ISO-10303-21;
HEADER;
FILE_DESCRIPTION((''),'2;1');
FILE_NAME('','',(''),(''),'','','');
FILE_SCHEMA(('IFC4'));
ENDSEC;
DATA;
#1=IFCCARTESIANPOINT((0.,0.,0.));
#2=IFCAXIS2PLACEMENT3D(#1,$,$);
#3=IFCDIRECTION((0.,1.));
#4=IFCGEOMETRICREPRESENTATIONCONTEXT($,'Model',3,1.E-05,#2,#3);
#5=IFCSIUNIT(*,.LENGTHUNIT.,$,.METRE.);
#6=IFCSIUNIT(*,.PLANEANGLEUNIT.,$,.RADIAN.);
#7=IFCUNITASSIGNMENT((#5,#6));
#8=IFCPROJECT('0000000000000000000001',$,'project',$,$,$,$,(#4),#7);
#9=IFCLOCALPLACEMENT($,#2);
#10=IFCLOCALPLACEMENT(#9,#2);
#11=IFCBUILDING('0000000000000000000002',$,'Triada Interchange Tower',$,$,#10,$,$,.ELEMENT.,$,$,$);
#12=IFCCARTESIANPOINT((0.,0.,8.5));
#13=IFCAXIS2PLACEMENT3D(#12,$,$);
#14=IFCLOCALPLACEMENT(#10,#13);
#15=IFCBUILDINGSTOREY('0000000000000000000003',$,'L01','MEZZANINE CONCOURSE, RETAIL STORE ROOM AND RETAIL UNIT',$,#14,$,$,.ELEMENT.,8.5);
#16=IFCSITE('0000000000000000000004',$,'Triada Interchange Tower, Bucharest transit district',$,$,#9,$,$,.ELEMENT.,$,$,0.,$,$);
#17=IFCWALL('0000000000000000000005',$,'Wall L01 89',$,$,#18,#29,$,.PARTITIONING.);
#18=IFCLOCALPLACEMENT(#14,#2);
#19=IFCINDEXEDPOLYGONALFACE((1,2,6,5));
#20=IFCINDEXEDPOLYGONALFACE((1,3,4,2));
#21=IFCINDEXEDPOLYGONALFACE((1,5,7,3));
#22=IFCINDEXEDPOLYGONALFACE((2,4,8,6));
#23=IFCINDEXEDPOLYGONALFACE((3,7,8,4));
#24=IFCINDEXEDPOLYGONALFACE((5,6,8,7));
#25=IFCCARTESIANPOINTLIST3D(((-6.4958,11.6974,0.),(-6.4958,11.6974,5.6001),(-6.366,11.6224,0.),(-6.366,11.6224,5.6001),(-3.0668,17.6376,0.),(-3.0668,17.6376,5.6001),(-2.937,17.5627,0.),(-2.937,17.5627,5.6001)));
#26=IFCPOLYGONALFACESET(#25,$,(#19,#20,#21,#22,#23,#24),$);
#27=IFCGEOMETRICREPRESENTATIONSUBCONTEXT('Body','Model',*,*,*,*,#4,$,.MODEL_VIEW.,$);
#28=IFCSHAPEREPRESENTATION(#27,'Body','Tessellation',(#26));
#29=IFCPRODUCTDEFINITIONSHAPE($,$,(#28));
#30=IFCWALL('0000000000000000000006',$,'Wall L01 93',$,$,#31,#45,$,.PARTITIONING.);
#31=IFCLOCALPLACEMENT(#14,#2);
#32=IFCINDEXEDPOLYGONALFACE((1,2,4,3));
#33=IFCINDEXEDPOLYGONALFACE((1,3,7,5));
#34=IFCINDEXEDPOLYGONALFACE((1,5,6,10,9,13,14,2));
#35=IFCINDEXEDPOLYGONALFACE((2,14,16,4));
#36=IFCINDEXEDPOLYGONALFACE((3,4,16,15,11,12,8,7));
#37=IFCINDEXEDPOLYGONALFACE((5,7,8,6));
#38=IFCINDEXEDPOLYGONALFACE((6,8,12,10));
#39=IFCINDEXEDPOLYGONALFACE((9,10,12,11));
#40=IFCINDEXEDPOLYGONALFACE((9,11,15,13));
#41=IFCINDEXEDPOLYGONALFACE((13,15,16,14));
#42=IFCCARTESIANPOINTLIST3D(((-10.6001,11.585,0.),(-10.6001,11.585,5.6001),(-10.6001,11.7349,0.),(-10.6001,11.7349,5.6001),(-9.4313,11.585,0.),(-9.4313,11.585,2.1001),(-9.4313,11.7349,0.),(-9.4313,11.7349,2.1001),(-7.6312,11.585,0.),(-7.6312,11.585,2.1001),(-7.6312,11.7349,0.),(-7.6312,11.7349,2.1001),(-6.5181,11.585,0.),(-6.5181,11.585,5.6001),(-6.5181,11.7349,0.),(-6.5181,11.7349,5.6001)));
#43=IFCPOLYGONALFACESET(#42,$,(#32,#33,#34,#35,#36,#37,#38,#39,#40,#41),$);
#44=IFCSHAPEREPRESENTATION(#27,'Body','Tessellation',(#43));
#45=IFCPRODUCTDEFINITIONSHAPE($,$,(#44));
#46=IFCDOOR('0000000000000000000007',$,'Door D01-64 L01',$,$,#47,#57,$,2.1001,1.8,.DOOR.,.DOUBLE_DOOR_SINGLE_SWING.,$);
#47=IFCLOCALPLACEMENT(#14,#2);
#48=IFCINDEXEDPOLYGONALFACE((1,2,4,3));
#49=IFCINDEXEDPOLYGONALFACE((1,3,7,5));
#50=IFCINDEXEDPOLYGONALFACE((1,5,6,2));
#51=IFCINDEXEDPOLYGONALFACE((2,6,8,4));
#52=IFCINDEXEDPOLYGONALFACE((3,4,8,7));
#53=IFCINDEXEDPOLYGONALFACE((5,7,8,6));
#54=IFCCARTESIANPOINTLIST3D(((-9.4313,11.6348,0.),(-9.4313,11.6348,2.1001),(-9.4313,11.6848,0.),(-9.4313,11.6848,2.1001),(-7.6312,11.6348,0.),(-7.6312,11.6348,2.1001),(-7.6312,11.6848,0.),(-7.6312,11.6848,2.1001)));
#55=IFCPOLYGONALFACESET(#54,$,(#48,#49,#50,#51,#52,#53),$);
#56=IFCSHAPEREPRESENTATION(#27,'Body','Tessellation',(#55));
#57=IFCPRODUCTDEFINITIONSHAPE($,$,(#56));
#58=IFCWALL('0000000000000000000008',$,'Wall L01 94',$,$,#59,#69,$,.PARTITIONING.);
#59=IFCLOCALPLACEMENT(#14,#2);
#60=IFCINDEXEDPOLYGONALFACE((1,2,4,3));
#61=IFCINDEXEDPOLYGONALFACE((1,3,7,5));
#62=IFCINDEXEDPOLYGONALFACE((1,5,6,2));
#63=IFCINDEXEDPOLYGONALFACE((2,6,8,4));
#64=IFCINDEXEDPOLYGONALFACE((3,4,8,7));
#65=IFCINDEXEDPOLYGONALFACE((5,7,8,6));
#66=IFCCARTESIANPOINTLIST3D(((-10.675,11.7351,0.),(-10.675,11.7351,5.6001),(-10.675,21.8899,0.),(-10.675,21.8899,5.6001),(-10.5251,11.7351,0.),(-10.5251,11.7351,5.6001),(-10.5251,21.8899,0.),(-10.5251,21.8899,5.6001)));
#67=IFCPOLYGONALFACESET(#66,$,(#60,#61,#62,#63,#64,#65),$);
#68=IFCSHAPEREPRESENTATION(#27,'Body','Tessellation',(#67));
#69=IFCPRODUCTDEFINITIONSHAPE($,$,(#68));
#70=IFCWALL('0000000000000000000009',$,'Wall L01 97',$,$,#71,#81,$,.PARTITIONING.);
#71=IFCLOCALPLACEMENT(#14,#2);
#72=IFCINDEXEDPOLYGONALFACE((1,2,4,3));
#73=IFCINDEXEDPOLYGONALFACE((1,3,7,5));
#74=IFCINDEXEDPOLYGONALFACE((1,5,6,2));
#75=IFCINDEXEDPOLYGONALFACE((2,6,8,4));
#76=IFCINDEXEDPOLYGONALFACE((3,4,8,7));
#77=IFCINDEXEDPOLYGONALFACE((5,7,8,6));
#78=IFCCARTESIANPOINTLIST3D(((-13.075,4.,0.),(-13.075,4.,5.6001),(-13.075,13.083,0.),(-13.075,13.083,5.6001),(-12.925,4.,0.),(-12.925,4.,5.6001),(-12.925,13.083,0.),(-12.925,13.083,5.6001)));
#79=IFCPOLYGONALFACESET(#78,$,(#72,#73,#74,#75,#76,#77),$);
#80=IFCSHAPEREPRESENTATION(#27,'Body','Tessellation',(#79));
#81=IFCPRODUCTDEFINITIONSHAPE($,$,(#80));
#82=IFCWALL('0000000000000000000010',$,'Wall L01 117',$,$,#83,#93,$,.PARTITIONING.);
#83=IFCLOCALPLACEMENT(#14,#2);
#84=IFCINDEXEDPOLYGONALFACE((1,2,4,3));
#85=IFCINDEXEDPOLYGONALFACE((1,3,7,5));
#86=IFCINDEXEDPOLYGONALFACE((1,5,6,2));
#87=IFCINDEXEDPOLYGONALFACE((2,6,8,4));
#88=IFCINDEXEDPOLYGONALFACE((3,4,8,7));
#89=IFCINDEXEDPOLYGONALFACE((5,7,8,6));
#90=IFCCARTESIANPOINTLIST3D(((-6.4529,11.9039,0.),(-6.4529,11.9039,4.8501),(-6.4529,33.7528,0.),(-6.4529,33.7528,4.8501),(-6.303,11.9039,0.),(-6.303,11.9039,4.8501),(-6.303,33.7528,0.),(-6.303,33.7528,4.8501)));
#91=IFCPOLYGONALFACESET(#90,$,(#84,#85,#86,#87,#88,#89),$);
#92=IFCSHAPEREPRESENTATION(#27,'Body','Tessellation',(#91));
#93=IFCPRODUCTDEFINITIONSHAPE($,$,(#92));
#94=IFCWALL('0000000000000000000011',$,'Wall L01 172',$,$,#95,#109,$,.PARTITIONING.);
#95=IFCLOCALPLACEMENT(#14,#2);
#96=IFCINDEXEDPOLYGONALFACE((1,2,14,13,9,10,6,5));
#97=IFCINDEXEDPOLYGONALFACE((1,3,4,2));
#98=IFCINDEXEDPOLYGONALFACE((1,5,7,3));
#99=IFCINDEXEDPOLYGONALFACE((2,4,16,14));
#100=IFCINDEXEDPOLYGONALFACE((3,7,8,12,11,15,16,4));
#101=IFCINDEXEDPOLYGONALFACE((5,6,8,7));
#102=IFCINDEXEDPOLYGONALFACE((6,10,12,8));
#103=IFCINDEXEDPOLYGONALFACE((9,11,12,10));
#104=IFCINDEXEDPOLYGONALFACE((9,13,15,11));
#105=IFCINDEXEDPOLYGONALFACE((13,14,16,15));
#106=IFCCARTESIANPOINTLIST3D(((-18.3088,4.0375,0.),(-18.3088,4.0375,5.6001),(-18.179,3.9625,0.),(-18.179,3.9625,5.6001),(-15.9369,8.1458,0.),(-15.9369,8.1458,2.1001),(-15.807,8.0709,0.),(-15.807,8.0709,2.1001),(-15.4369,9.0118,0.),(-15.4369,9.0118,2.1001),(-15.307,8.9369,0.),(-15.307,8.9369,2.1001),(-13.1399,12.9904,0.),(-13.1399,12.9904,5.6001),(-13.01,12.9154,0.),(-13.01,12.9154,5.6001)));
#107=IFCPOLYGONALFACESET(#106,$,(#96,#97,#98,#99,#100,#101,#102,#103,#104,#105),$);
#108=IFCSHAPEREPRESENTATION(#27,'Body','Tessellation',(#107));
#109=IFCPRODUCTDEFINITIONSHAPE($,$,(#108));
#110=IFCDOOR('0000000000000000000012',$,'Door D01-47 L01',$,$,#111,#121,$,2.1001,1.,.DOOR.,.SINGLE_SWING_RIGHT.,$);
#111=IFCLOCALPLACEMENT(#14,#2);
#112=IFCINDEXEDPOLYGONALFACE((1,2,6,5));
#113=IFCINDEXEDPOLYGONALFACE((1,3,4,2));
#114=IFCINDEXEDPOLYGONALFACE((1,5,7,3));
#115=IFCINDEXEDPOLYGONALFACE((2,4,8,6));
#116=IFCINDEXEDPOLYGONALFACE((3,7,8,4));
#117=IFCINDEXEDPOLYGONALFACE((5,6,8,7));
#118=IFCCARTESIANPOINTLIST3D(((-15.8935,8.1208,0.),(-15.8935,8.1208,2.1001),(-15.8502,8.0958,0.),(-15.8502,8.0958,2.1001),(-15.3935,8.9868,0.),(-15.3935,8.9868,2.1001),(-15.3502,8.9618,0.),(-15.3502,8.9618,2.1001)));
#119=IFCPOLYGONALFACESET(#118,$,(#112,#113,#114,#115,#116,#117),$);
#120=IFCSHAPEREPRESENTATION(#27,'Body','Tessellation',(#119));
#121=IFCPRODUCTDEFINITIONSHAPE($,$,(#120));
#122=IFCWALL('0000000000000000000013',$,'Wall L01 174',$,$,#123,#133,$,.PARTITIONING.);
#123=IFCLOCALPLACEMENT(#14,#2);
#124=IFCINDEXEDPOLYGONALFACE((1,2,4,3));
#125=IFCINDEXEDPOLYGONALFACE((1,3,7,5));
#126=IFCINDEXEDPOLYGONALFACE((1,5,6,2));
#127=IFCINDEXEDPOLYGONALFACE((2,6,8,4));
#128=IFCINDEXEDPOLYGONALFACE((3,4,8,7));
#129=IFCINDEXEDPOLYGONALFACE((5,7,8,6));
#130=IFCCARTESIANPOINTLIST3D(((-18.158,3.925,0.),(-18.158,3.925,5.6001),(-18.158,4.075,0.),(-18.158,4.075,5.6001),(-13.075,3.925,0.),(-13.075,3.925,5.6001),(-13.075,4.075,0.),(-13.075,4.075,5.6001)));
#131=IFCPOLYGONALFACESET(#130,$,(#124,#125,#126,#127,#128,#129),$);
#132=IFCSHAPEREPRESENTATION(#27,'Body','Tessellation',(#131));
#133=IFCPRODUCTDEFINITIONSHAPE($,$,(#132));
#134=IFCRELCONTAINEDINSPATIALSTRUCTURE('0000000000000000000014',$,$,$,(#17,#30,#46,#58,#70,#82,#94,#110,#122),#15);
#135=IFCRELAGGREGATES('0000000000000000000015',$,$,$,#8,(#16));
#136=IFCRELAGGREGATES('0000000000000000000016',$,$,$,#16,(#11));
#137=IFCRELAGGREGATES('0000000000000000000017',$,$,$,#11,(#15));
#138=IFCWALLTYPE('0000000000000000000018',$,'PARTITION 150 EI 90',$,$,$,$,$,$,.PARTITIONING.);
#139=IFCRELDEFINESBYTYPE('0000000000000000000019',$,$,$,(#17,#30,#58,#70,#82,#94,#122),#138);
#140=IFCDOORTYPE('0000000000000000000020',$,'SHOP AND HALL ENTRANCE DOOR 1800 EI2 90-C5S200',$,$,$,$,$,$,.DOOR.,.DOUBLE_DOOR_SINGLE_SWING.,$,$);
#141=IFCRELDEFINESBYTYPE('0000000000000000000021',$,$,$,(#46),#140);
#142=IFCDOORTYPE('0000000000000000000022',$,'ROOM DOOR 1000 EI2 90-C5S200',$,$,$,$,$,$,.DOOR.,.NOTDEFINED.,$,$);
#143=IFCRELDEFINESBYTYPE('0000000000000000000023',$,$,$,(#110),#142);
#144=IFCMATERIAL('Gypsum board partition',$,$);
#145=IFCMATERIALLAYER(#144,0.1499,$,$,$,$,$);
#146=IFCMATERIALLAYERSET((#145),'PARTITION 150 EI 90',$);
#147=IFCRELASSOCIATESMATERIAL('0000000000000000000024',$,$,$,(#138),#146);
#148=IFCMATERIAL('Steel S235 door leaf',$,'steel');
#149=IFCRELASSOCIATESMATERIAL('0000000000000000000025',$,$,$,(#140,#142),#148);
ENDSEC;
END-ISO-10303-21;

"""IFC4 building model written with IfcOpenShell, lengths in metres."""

from ifc_helpers import new_model, si_unit, direction, frame, frame_2d, origin, place, context, subcontext, project, spatial, rectangle, extrude, material, layer, layer_set, type_object, element, fill, save


model = new_model("IFC4")

# Units and contexts
model_context = context("Model", 3, precision=1e-05, world=origin(), true_north=direction((0.0, 1.0)))
body_context = subcontext(model_context, "Body", "Model", "MODEL_VIEW")
ifc_project = project(units=[si_unit("LENGTHUNIT", "METRE"), si_unit("PLANEANGLEUNIT", "RADIAN")], contexts=[model_context])

# Site, building, storey
site_placement = place(None, origin())
site = spatial("IfcSite", under=ifc_project, at=site_placement, Name="Triada Interchange Tower, Bucharest transit district", CompositionType="ELEMENT", RefElevation=0.0)
building_placement = place(site_placement, origin())
building = spatial("IfcBuilding", under=site, at=building_placement, Name="Triada Interchange Tower", CompositionType="ELEMENT")
storey_placement = place(building_placement, frame((0.0, 0.0, 8.5)))
storey = spatial("IfcBuildingStorey", under=building, at=storey_placement, Name="L01", Description="MEZZANINE CONCOURSE, RETAIL STORE ROOM AND RETAIL UNIT", CompositionType="ELEMENT", Elevation=8.5)

# Shared definitions
ifc_material_1 = material(Name="Steel S235 door leaf", Category="steel")

# Wall
ifc_material_2 = material(Name="Gypsum board partition")
ifc_layer_1 = layer(ifc_material_2, 0.1499)
ifc_layer_set_1 = layer_set([ifc_layer_1], Name="PARTITION 150 EI 90")
wall_type_1 = type_object("IfcWallType", Name="PARTITION 150 EI 90", PredefinedType="PARTITIONING", material=ifc_layer_set_1)
wall_1_placement = place(storey_placement, frame((-6.4309, 11.6599, 0.0), z_axis=(0.0, 0.0, 1.0), x_axis=(0.499933, 0.866064, 0.0)))
element("IfcWall", 1, at=wall_1_placement, inside=storey, type_object=wall_type_1, Name="Wall L01 89", PredefinedType="PARTITIONING", context=body_context, shape_type="SweptSolid", body=[
    extrude(rectangle(XDim=6.8589, YDim=0.1499, at=frame_2d((3.4294, 0.0))), origin(), (0.0, 0.0, 1.0), 5.6001),
])

# Wall, opening, door
wall_2_placement = place(storey_placement, frame((-10.6001, 11.6599, 0.0), z_axis=(0.0, 0.0, 1.0), x_axis=(1.0, 0.0, 0.0)))
wall_2 = element("IfcWall", 2, at=wall_2_placement, inside=storey, type_object=wall_type_1, Name="Wall L01 93", PredefinedType="PARTITIONING", context=body_context, shape_type="SweptSolid", body=[
    extrude(rectangle(XDim=4.082, YDim=0.1499, at=frame_2d((2.041, 0.0))), origin(), (0.0, 0.0, 1.0), 5.6001),
])
opening_1_placement = place(wall_2_placement, frame((1.1689, 0.0, 0.0)))
opening_1 = element("IfcOpeningElement", 3, at=opening_1_placement, cuts=wall_2, PredefinedType="OPENING", context=body_context, shape_type="SweptSolid", body=[
    extrude(rectangle(XDim=1.8, YDim=2.1001, at=frame_2d((0.8999, 1.05))), frame((0.0, 0.085, 0.0), z_axis=(0.0, -1.0, 0.0), x_axis=(1.0, 0.0, 0.0)), (0.0, 0.0, 1.0), 0.1699),
])
door_type_1 = type_object("IfcDoorType", Name="SHOP AND HALL ENTRANCE DOOR 1800 EI2 90-C5S200", OperationType="DOUBLE_DOOR_SINGLE_SWING", PredefinedType="DOOR", material=ifc_material_1)
door_1_placement = place(opening_1_placement, origin())
door_1 = element("IfcDoor", 4, at=door_1_placement, inside=storey, type_object=door_type_1, Name="Door D01-64 L01", OperationType="DOUBLE_DOOR_SINGLE_SWING", OverallHeight=2.1001, OverallWidth=1.8, PredefinedType="DOOR", context=body_context, shape_type="SweptSolid", body=[
    extrude(rectangle(XDim=1.8, YDim=2.1001, at=frame_2d((0.8999, 1.05))), frame((0.0, 0.0249, 0.0), z_axis=(0.0, -1.0, 0.0), x_axis=(1.0, 0.0, 0.0)), (0.0, 0.0, 1.0), 0.05),
])
fill(opening_1, door_1)

# Walls
wall_3_placement = place(storey_placement, frame((-10.6001, 11.7351, 0.0), z_axis=(0.0, 0.0, 1.0), x_axis=(0.0, 1.0, 0.0)))
element("IfcWall", 5, at=wall_3_placement, inside=storey, type_object=wall_type_1, Name="Wall L01 94", PredefinedType="PARTITIONING", context=body_context, shape_type="SweptSolid", body=[
    extrude(rectangle(XDim=10.1548, YDim=0.1499, at=frame_2d((5.0774, 0.0))), origin(), (0.0, 0.0, 1.0), 5.6001),
])
wall_4_placement = place(storey_placement, frame((-13.0, 4.0, 0.0), z_axis=(0.0, 0.0, 1.0), x_axis=(0.0, 1.0, 0.0)))
element("IfcWall", 6, at=wall_4_placement, inside=storey, type_object=wall_type_1, Name="Wall L01 97", PredefinedType="PARTITIONING", context=body_context, shape_type="SweptSolid", body=[
    extrude(rectangle(XDim=9.083, YDim=0.1499, at=frame_2d((4.5415, 0.0))), origin(), (0.0, 0.0, 1.0), 5.6001),
])
wall_5_placement = place(storey_placement, frame((-6.3779, 11.9041, 0.0), z_axis=(0.0, 0.0, 1.0), x_axis=(0.0, 1.0, 0.0)))
element("IfcWall", 7, at=wall_5_placement, inside=storey, type_object=wall_type_1, Name="Wall L01 117", PredefinedType="PARTITIONING", context=body_context, shape_type="SweptSolid", body=[
    extrude(rectangle(XDim=21.8489, YDim=0.1499, at=frame_2d((10.9243, 0.0))), origin(), (0.0, 0.0, 1.0), 4.8501),
])

# Wall, opening, door
wall_6_placement = place(storey_placement, frame((-18.2439, 4.0, 0.0), z_axis=(0.0, 0.0, 1.0), x_axis=(0.5, 0.866026, 0.0)))
wall_6 = element("IfcWall", 8, at=wall_6_placement, inside=storey, type_object=wall_type_1, Name="Wall L01 172", PredefinedType="PARTITIONING", context=body_context, shape_type="SweptSolid", body=[
    extrude(rectangle(XDim=10.3379, YDim=0.1499, at=frame_2d((5.1689, 0.0))), origin(), (0.0, 0.0, 1.0), 5.6001),
])
opening_2_placement = place(wall_6_placement, frame((4.7439, 0.0, 0.0)))
opening_2 = element("IfcOpeningElement", 9, at=opening_2_placement, cuts=wall_6, PredefinedType="OPENING", context=body_context, shape_type="SweptSolid", body=[
    extrude(rectangle(XDim=1.0, YDim=2.1001, at=frame_2d((0.5, 1.05))), frame((0.0, 0.085, 0.0), z_axis=(0.0, -1.0, 0.0), x_axis=(1.0, 0.0, 0.0)), (0.0, 0.0, 1.0), 0.1699),
])
door_type_2 = type_object("IfcDoorType", Name="ROOM DOOR 1000 EI2 90-C5S200", OperationType="NOTDEFINED", PredefinedType="DOOR", material=ifc_material_1)
door_2_placement = place(opening_2_placement, origin())
door_2 = element("IfcDoor", 10, at=door_2_placement, inside=storey, type_object=door_type_2, Name="Door D01-47 L01", OperationType="SINGLE_SWING_RIGHT", OverallHeight=2.1001, OverallWidth=1.0, PredefinedType="DOOR", context=body_context, shape_type="SweptSolid", body=[
    extrude(rectangle(XDim=1.0, YDim=2.1001, at=frame_2d((0.5, 1.05))), frame((0.0, 0.0249, 0.0), z_axis=(0.0, -1.0, 0.0), x_axis=(1.0, 0.0, 0.0)), (0.0, 0.0, 1.0), 0.05),
])
fill(opening_2, door_2)

# Wall
wall_7_placement = place(storey_placement, frame((-18.158, 4.0, 0.0), z_axis=(0.0, 0.0, 1.0), x_axis=(1.0, 0.0, 0.0)))
element("IfcWall", 11, at=wall_7_placement, inside=storey, type_object=wall_type_1, Name="Wall L01 174", PredefinedType="PARTITIONING", context=body_context, shape_type="SweptSolid", body=[
    extrude(rectangle(XDim=5.083, YDim=0.1499, at=frame_2d((2.5415, 0.0))), origin(), (0.0, 0.0, 1.0), 5.6001),
])

save(model, "model.ifc")
